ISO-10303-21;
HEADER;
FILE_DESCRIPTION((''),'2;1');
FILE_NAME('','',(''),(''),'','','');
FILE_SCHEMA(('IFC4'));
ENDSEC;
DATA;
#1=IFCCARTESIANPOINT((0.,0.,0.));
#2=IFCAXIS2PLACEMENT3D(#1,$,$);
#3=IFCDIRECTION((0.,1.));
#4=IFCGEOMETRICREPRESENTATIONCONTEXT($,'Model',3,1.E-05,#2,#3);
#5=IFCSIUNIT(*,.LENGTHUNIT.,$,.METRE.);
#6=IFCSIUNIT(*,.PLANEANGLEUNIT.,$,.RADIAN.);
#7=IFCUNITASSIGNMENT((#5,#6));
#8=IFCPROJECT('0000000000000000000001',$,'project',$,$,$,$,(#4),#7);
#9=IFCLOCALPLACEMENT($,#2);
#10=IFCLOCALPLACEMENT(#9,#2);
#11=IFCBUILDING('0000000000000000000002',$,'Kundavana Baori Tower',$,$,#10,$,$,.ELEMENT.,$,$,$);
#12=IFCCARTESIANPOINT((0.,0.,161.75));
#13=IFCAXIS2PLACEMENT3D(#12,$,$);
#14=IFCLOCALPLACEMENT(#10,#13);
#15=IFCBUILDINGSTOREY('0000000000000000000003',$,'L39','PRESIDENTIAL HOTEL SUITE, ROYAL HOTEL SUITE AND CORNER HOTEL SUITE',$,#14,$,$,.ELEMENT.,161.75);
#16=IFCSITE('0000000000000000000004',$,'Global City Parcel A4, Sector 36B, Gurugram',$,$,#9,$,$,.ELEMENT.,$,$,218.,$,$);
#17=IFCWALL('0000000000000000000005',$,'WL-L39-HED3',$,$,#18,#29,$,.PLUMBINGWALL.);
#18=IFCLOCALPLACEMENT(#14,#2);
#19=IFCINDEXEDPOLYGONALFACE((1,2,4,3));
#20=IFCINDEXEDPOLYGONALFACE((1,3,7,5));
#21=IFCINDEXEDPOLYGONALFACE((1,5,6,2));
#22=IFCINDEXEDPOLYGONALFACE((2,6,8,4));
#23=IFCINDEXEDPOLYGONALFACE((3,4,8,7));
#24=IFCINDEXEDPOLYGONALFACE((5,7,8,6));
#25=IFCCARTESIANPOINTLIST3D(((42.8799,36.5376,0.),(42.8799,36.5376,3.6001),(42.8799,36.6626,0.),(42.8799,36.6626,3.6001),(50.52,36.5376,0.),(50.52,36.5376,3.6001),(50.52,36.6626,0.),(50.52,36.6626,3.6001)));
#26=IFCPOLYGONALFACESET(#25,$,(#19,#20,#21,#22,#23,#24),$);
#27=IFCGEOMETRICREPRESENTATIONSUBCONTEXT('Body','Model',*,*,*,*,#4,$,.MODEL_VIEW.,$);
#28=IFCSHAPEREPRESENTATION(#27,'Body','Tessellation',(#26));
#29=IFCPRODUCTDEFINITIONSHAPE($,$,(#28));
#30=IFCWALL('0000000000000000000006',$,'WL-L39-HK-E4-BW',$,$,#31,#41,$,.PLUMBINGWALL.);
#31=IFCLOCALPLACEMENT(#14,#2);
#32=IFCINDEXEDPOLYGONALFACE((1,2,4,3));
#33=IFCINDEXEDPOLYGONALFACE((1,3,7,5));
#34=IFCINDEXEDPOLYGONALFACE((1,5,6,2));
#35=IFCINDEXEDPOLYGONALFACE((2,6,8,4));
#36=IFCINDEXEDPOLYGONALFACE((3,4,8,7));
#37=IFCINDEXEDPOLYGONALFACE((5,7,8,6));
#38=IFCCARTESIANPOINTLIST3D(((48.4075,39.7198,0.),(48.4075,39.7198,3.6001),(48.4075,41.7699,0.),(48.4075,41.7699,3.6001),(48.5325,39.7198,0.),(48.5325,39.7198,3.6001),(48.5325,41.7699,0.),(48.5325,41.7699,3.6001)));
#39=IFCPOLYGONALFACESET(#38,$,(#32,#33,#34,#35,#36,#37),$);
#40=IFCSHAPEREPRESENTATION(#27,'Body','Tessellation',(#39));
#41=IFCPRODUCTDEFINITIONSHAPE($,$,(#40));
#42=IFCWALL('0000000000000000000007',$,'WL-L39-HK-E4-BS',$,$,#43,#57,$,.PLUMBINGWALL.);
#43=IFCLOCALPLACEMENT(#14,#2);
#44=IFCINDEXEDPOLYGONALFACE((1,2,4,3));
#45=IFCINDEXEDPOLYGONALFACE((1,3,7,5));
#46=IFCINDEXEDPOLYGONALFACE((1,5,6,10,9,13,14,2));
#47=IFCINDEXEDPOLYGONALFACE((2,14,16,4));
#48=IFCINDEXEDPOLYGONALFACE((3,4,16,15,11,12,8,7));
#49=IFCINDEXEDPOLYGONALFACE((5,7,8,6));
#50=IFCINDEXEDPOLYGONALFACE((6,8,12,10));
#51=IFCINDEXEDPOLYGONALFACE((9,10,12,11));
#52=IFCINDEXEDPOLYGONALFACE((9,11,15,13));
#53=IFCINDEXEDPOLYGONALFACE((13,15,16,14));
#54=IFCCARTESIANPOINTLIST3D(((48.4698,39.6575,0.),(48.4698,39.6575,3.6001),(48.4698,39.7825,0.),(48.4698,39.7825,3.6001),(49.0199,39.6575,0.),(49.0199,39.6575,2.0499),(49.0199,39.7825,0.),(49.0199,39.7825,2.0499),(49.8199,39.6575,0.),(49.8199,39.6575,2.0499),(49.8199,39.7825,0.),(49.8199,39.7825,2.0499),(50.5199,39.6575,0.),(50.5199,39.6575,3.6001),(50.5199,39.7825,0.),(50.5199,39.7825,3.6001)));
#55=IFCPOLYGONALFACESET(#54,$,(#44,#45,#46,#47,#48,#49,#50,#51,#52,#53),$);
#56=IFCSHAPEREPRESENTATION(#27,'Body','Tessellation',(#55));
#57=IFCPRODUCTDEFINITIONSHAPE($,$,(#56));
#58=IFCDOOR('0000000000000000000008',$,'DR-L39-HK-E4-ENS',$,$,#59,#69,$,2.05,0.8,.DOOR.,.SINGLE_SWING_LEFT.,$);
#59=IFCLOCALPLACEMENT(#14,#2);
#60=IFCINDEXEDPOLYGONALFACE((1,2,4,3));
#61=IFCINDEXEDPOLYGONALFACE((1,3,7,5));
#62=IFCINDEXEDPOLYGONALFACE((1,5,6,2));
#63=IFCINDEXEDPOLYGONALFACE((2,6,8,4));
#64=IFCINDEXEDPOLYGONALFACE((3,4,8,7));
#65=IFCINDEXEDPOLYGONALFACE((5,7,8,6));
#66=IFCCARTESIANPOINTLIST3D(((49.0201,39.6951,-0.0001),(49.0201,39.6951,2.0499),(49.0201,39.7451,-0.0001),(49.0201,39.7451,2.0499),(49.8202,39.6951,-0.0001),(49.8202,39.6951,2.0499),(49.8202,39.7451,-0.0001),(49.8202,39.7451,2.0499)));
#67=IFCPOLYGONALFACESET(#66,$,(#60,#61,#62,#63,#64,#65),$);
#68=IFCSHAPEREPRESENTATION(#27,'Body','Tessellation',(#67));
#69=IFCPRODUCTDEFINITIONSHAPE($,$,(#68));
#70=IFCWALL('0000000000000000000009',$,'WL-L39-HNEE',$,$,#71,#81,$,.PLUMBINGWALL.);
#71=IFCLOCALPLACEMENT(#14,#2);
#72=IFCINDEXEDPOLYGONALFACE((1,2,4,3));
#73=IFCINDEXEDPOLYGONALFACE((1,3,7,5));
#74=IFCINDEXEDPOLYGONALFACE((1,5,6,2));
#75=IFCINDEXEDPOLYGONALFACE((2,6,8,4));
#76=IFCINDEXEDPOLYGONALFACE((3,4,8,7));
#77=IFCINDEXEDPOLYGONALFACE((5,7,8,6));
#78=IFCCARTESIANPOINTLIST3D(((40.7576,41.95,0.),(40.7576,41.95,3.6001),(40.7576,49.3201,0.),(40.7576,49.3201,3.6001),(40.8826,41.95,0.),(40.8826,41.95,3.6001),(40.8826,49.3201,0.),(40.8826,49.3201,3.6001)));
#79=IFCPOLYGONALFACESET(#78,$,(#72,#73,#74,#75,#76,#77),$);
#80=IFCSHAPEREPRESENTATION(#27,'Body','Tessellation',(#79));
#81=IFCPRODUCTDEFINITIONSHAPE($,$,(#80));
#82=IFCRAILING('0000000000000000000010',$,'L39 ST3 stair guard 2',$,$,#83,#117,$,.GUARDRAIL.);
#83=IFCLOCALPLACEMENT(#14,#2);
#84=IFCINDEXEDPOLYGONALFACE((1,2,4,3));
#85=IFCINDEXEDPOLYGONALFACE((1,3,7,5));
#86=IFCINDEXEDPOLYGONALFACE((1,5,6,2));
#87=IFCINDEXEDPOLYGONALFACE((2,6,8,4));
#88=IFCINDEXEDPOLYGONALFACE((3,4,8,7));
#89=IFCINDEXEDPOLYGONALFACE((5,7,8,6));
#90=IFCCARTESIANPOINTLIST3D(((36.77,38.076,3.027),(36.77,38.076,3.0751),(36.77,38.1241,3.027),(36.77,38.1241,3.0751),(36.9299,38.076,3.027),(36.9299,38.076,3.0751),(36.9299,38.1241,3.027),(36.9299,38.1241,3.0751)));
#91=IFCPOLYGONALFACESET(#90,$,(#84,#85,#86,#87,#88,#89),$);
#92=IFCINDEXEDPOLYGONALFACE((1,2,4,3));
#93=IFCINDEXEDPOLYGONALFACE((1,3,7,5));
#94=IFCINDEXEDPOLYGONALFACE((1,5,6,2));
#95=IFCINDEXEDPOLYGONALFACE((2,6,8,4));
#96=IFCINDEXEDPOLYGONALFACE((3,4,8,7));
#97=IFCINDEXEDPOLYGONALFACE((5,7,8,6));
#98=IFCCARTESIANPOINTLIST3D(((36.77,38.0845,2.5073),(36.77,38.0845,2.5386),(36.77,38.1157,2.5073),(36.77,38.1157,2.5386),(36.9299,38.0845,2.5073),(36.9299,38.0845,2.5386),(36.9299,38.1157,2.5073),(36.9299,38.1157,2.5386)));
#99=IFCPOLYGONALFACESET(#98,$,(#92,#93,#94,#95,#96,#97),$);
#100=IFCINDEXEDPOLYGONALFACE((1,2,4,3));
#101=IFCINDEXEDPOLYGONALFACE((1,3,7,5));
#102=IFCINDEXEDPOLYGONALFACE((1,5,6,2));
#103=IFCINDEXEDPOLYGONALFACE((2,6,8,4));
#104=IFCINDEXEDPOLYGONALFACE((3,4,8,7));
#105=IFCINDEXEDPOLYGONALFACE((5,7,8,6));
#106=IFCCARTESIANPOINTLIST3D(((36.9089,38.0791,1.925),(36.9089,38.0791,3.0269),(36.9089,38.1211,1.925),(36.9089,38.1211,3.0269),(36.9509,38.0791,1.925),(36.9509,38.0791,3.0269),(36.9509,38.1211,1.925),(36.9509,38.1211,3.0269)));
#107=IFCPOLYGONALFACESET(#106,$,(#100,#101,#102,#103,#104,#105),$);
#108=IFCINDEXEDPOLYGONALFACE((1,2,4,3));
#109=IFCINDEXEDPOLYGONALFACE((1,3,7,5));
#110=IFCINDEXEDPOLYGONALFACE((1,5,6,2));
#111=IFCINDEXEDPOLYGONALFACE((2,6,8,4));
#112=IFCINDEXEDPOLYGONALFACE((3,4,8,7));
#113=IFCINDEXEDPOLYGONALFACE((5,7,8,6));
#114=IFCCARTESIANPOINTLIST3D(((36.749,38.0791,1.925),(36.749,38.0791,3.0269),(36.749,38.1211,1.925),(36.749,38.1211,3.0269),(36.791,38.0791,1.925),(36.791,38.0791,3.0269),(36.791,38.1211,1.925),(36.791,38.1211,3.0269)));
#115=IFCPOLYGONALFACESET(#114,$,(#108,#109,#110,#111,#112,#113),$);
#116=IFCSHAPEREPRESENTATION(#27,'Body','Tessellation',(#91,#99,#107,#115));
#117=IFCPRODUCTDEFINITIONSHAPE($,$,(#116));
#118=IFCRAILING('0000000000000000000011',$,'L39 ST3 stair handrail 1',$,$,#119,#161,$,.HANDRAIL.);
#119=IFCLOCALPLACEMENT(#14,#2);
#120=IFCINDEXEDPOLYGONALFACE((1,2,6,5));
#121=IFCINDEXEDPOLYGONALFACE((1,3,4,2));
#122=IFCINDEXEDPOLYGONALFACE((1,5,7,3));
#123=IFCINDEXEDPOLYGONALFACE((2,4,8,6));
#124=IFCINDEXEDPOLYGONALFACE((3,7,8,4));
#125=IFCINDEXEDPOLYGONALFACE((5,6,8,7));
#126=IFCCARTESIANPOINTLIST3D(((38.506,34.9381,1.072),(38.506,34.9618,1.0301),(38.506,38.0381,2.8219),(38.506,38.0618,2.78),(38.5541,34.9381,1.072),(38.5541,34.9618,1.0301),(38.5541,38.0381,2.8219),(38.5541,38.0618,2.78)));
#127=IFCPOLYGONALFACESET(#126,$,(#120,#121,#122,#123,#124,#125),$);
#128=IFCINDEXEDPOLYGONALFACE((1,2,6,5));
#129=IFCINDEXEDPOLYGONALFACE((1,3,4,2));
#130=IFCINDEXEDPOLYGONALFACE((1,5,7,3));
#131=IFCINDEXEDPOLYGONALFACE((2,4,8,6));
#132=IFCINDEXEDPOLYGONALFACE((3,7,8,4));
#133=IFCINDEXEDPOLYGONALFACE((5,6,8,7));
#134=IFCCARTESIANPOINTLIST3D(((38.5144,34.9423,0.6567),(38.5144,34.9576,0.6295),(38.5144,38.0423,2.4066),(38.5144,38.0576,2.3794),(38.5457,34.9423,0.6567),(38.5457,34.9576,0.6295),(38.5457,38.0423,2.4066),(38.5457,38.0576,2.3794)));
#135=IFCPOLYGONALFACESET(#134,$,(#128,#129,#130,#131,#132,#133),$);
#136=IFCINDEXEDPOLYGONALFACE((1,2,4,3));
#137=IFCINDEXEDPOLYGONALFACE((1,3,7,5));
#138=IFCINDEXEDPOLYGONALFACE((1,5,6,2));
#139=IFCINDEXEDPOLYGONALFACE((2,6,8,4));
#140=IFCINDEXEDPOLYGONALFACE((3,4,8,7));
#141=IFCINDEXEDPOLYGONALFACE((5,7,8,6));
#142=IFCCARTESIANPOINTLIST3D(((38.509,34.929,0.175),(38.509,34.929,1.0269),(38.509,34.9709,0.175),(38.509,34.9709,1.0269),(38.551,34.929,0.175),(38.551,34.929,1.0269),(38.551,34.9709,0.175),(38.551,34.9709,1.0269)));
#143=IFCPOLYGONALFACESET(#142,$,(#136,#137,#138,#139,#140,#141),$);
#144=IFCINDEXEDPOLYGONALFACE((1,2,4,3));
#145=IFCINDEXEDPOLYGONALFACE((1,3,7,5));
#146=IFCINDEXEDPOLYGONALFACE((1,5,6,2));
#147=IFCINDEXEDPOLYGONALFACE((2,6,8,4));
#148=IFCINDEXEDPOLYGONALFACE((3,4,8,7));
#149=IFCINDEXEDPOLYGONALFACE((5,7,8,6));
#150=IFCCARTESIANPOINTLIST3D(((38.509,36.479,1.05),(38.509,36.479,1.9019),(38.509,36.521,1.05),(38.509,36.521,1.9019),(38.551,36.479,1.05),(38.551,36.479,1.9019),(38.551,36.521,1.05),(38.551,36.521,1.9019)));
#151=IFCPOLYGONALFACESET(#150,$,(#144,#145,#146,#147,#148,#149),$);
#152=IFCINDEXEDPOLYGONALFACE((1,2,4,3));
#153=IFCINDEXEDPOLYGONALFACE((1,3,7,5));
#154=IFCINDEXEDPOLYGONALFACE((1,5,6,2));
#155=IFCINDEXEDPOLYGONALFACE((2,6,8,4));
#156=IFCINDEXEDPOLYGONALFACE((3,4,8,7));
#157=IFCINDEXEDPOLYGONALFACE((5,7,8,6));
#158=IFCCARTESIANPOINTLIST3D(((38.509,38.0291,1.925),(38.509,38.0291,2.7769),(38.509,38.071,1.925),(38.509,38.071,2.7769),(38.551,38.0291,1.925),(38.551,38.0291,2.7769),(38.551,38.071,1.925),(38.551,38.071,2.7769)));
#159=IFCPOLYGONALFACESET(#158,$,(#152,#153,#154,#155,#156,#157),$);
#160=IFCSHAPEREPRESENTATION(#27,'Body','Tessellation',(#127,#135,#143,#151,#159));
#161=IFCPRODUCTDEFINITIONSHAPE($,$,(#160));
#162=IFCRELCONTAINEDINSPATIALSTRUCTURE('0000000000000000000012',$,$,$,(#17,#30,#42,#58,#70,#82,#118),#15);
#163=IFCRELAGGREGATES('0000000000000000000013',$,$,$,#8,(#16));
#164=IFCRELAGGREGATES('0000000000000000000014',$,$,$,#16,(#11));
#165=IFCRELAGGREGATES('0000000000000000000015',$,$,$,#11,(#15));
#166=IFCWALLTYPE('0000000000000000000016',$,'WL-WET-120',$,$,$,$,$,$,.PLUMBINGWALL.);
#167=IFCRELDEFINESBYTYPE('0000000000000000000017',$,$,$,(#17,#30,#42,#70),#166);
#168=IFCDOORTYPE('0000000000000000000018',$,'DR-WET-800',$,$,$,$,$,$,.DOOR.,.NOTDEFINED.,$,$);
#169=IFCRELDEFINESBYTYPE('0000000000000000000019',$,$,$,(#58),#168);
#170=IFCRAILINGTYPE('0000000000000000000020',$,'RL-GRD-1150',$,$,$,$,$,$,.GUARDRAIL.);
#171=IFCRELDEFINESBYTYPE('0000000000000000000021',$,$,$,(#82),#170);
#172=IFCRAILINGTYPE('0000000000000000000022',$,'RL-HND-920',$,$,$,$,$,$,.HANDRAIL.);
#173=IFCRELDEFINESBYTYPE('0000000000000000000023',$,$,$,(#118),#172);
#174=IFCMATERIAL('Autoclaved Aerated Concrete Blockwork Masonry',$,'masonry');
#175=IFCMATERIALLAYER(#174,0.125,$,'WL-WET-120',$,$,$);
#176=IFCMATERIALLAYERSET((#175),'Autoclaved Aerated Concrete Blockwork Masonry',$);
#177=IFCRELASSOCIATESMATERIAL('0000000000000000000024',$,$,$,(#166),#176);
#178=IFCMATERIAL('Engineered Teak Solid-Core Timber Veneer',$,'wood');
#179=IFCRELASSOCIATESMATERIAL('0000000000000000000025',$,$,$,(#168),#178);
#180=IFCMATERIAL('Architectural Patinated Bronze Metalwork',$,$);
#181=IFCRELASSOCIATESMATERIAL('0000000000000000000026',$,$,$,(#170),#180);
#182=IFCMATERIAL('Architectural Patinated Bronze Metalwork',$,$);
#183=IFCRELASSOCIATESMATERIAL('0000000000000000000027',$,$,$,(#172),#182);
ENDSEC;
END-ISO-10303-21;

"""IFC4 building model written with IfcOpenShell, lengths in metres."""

from ifc_helpers import new_model, si_unit, direction, frame, frame_2d, origin, origin_2d, place, context, subcontext, project, spatial, rectangle, extrude, material, layer, layer_set, type_object, element, fill, save


model = new_model("IFC4")

# Units and contexts
model_context = context("Model", 3, precision=1e-05, world=origin(), true_north=direction((0.0, 1.0)))
body_context = subcontext(model_context, "Body", "Model", "MODEL_VIEW")
ifc_project = project(units=[si_unit("LENGTHUNIT", "METRE"), si_unit("PLANEANGLEUNIT", "RADIAN")], contexts=[model_context])

# Site, building, storey
site_placement = place(None, origin())
site = spatial("IfcSite", under=ifc_project, at=site_placement, Name="Global City Parcel A4, Sector 36B, Gurugram", CompositionType="ELEMENT", RefElevation=218.0)
building_placement = place(site_placement, origin())
building = spatial("IfcBuilding", under=site, at=building_placement, Name="Kundavana Baori Tower", CompositionType="ELEMENT")
storey_placement = place(building_placement, frame((0.0, 0.0, 161.75)))
storey = spatial("IfcBuildingStorey", under=building, at=storey_placement, Name="L39", Description="PRESIDENTIAL HOTEL SUITE, ROYAL HOTEL SUITE AND CORNER HOTEL SUITE", CompositionType="ELEMENT", Elevation=161.75)

# Walls
ifc_material_1 = material(Name="Autoclaved Aerated Concrete Blockwork Masonry", Category="masonry")
ifc_layer_1 = layer(ifc_material_1, 0.125, Name="WL-WET-120")
ifc_layer_set_1 = layer_set([ifc_layer_1], Name="Autoclaved Aerated Concrete Blockwork Masonry")
wall_type_1 = type_object("IfcWallType", Name="WL-WET-120", PredefinedType="PLUMBINGWALL", material=ifc_layer_set_1)
wall_1_placement = place(storey_placement, frame((42.8799, 36.6001, 0.0), z_axis=(0.0, 0.0, 1.0), x_axis=(1.0, 0.0, 0.0)))
element("IfcWall", 1, at=wall_1_placement, inside=storey, type_object=wall_type_1, Name="WL-L39-HED3", PredefinedType="PLUMBINGWALL", context=body_context, shape_type="SweptSolid", body=[
    extrude(rectangle(XDim=7.6401, YDim=0.125, at=frame_2d((3.8201, 0.0))), origin(), (0.0, 0.0, 1.0), 3.6001),
])
wall_2_placement = place(storey_placement, frame((48.47, 39.72, 0.0), z_axis=(0.0, 0.0, 1.0), x_axis=(0.0, 1.0, 0.0)))
element("IfcWall", 2, at=wall_2_placement, inside=storey, type_object=wall_type_1, Name="WL-L39-HK-E4-BW", PredefinedType="PLUMBINGWALL", context=body_context, shape_type="SweptSolid", body=[
    extrude(rectangle(XDim=2.05, YDim=0.125, at=frame_2d((1.0249, 0.0))), origin(), (0.0, 0.0, 1.0), 3.6001),
])

# Wall, opening, door
wall_3_placement = place(storey_placement, frame((48.47, 39.72, 0.0), z_axis=(0.0, 0.0, 1.0), x_axis=(1.0, 0.0, 0.0)))
wall_3 = element("IfcWall", 3, at=wall_3_placement, inside=storey, type_object=wall_type_1, Name="WL-L39-HK-E4-BS", PredefinedType="PLUMBINGWALL", context=body_context, shape_type="SweptSolid", body=[
    extrude(rectangle(XDim=2.05, YDim=0.125, at=frame_2d((1.0249, 0.0))), origin(), (0.0, 0.0, 1.0), 3.6001),
])
opening_1_placement = place(wall_3_placement, frame((0.55, 0.0, 0.0)))
opening_1 = element("IfcOpeningElement", 4, at=opening_1_placement, cuts=wall_3, PredefinedType="OPENING", context=body_context, shape_type="SweptSolid", body=[
    extrude(rectangle(XDim=0.8, YDim=2.05, at=frame_2d((0.3999, 1.0249))), frame((0.0, 0.0725, 0.0), z_axis=(0.0, -1.0, 0.0), x_axis=(1.0, 0.0, 0.0)), (0.0, 0.0, 1.0), 0.145),
])
ifc_material_2 = material(Name="Engineered Teak Solid-Core Timber Veneer", Category="wood")
door_type_1 = type_object("IfcDoorType", Name="DR-WET-800", OperationType="NOTDEFINED", PredefinedType="DOOR", material=ifc_material_2)
door_1_placement = place(opening_1_placement, frame((0.8, 0.0, 0.0), z_axis=(0.0, 0.0, 1.0), x_axis=(-1.0, 0.0, 0.0)))
door_1 = element("IfcDoor", 5, at=door_1_placement, inside=storey, type_object=door_type_1, Name="DR-L39-HK-E4-ENS", OperationType="SINGLE_SWING_LEFT", OverallHeight=2.05, OverallWidth=0.8, PredefinedType="DOOR", context=body_context, shape_type="SweptSolid", body=[
    extrude(rectangle(XDim=0.8, YDim=2.05, at=frame_2d((0.3999, 1.0249))), frame((0.0, 0.0249, 0.0), z_axis=(0.0, -1.0, 0.0), x_axis=(1.0, 0.0, 0.0)), (0.0, 0.0, 1.0), 0.05),
])
fill(opening_1, door_1)

# Wall
wall_4_placement = place(storey_placement, frame((40.8201, 41.95, 0.0), z_axis=(0.0, 0.0, 1.0), x_axis=(0.0, 1.0, 0.0)))
element("IfcWall", 6, at=wall_4_placement, inside=storey, type_object=wall_type_1, Name="WL-L39-HNEE", PredefinedType="PLUMBINGWALL", context=body_context, shape_type="SweptSolid", body=[
    extrude(rectangle(XDim=7.3701, YDim=0.125, at=frame_2d((3.6851, 0.0))), origin(), (0.0, 0.0, 1.0), 3.6001),
])

# Railings
ifc_material_3 = material(Name="Architectural Patinated Bronze Metalwork")
railing_type_1 = type_object("IfcRailingType", Name="RL-GRD-1150", PredefinedType="GUARDRAIL", material=ifc_material_3)
railing_1_placement = place(storey_placement, frame((36.9299, 38.1001, 1.925)))
element("IfcRailing", 7, at=railing_1_placement, inside=storey, type_object=railing_type_1, Name="L39 ST3 stair guard 2", PredefinedType="GUARDRAIL", context=body_context, shape_type="SweptSolid", body=[
    extrude(rectangle(XDim=0.0481, YDim=0.0481, at=origin_2d()), frame((0.0, 0.0, 1.126), z_axis=(-1.0, 0.0, 0.0), x_axis=(0.0, -1.0, 0.0)), (0.0, 0.0, 1.0), 0.1599),
    extrude(rectangle(XDim=0.0312, YDim=0.0312, at=origin_2d()), frame((0.0, 0.0, 0.5979), z_axis=(-1.0, 0.0, 0.0), x_axis=(0.0, -1.0, 0.0)), (0.0, 0.0, 1.0), 0.1599),
    extrude(rectangle(XDim=0.042, YDim=0.042, at=origin_2d()), origin(), (0.0, 0.0, 1.0), 1.1018),
    extrude(rectangle(XDim=0.042, YDim=0.042, at=origin_2d()), frame((-0.1599, 0.0, 0.0)), (0.0, 0.0, 1.0), 1.1018),
])
ifc_material_4 = material(Name="Architectural Patinated Bronze Metalwork")
railing_type_2 = type_object("IfcRailingType", Name="RL-HND-920", PredefinedType="HANDRAIL", material=ifc_material_4)
railing_2_placement = place(storey_placement, frame((38.53, 34.95, 0.175)))
element("IfcRailing", 8, at=railing_2_placement, inside=storey, type_object=railing_type_2, Name="L39 ST3 stair handrail 1", PredefinedType="HANDRAIL", context=body_context, shape_type="SweptSolid", body=[
    extrude(rectangle(XDim=0.0481, YDim=0.0481, at=origin_2d()), frame((0.0, 0.0, 0.876), z_axis=(0.0, 0.870831, 0.491583), x_axis=(-1.0, 0.0, 0.0)), (0.0, 0.0, 1.0), 3.5598),
    extrude(rectangle(XDim=0.0312, YDim=0.0312, at=origin_2d()), frame((0.0, 0.0, 0.468), z_axis=(0.0, 0.870831, 0.491583), x_axis=(-1.0, 0.0, 0.0)), (0.0, 0.0, 1.0), 3.5598),
    extrude(rectangle(XDim=0.042, YDim=0.042, at=origin_2d()), origin(), (0.0, 0.0, 1.0), 0.8518),
    extrude(rectangle(XDim=0.042, YDim=0.042, at=origin_2d()), frame((0.0, 1.55, 0.875)), (0.0, 0.0, 1.0), 0.8518),
    extrude(rectangle(XDim=0.042, YDim=0.042, at=origin_2d()), frame((0.0, 3.1001, 1.75)), (0.0, 0.0, 1.0), 0.8518),
])

save(model, "model.ifc")
